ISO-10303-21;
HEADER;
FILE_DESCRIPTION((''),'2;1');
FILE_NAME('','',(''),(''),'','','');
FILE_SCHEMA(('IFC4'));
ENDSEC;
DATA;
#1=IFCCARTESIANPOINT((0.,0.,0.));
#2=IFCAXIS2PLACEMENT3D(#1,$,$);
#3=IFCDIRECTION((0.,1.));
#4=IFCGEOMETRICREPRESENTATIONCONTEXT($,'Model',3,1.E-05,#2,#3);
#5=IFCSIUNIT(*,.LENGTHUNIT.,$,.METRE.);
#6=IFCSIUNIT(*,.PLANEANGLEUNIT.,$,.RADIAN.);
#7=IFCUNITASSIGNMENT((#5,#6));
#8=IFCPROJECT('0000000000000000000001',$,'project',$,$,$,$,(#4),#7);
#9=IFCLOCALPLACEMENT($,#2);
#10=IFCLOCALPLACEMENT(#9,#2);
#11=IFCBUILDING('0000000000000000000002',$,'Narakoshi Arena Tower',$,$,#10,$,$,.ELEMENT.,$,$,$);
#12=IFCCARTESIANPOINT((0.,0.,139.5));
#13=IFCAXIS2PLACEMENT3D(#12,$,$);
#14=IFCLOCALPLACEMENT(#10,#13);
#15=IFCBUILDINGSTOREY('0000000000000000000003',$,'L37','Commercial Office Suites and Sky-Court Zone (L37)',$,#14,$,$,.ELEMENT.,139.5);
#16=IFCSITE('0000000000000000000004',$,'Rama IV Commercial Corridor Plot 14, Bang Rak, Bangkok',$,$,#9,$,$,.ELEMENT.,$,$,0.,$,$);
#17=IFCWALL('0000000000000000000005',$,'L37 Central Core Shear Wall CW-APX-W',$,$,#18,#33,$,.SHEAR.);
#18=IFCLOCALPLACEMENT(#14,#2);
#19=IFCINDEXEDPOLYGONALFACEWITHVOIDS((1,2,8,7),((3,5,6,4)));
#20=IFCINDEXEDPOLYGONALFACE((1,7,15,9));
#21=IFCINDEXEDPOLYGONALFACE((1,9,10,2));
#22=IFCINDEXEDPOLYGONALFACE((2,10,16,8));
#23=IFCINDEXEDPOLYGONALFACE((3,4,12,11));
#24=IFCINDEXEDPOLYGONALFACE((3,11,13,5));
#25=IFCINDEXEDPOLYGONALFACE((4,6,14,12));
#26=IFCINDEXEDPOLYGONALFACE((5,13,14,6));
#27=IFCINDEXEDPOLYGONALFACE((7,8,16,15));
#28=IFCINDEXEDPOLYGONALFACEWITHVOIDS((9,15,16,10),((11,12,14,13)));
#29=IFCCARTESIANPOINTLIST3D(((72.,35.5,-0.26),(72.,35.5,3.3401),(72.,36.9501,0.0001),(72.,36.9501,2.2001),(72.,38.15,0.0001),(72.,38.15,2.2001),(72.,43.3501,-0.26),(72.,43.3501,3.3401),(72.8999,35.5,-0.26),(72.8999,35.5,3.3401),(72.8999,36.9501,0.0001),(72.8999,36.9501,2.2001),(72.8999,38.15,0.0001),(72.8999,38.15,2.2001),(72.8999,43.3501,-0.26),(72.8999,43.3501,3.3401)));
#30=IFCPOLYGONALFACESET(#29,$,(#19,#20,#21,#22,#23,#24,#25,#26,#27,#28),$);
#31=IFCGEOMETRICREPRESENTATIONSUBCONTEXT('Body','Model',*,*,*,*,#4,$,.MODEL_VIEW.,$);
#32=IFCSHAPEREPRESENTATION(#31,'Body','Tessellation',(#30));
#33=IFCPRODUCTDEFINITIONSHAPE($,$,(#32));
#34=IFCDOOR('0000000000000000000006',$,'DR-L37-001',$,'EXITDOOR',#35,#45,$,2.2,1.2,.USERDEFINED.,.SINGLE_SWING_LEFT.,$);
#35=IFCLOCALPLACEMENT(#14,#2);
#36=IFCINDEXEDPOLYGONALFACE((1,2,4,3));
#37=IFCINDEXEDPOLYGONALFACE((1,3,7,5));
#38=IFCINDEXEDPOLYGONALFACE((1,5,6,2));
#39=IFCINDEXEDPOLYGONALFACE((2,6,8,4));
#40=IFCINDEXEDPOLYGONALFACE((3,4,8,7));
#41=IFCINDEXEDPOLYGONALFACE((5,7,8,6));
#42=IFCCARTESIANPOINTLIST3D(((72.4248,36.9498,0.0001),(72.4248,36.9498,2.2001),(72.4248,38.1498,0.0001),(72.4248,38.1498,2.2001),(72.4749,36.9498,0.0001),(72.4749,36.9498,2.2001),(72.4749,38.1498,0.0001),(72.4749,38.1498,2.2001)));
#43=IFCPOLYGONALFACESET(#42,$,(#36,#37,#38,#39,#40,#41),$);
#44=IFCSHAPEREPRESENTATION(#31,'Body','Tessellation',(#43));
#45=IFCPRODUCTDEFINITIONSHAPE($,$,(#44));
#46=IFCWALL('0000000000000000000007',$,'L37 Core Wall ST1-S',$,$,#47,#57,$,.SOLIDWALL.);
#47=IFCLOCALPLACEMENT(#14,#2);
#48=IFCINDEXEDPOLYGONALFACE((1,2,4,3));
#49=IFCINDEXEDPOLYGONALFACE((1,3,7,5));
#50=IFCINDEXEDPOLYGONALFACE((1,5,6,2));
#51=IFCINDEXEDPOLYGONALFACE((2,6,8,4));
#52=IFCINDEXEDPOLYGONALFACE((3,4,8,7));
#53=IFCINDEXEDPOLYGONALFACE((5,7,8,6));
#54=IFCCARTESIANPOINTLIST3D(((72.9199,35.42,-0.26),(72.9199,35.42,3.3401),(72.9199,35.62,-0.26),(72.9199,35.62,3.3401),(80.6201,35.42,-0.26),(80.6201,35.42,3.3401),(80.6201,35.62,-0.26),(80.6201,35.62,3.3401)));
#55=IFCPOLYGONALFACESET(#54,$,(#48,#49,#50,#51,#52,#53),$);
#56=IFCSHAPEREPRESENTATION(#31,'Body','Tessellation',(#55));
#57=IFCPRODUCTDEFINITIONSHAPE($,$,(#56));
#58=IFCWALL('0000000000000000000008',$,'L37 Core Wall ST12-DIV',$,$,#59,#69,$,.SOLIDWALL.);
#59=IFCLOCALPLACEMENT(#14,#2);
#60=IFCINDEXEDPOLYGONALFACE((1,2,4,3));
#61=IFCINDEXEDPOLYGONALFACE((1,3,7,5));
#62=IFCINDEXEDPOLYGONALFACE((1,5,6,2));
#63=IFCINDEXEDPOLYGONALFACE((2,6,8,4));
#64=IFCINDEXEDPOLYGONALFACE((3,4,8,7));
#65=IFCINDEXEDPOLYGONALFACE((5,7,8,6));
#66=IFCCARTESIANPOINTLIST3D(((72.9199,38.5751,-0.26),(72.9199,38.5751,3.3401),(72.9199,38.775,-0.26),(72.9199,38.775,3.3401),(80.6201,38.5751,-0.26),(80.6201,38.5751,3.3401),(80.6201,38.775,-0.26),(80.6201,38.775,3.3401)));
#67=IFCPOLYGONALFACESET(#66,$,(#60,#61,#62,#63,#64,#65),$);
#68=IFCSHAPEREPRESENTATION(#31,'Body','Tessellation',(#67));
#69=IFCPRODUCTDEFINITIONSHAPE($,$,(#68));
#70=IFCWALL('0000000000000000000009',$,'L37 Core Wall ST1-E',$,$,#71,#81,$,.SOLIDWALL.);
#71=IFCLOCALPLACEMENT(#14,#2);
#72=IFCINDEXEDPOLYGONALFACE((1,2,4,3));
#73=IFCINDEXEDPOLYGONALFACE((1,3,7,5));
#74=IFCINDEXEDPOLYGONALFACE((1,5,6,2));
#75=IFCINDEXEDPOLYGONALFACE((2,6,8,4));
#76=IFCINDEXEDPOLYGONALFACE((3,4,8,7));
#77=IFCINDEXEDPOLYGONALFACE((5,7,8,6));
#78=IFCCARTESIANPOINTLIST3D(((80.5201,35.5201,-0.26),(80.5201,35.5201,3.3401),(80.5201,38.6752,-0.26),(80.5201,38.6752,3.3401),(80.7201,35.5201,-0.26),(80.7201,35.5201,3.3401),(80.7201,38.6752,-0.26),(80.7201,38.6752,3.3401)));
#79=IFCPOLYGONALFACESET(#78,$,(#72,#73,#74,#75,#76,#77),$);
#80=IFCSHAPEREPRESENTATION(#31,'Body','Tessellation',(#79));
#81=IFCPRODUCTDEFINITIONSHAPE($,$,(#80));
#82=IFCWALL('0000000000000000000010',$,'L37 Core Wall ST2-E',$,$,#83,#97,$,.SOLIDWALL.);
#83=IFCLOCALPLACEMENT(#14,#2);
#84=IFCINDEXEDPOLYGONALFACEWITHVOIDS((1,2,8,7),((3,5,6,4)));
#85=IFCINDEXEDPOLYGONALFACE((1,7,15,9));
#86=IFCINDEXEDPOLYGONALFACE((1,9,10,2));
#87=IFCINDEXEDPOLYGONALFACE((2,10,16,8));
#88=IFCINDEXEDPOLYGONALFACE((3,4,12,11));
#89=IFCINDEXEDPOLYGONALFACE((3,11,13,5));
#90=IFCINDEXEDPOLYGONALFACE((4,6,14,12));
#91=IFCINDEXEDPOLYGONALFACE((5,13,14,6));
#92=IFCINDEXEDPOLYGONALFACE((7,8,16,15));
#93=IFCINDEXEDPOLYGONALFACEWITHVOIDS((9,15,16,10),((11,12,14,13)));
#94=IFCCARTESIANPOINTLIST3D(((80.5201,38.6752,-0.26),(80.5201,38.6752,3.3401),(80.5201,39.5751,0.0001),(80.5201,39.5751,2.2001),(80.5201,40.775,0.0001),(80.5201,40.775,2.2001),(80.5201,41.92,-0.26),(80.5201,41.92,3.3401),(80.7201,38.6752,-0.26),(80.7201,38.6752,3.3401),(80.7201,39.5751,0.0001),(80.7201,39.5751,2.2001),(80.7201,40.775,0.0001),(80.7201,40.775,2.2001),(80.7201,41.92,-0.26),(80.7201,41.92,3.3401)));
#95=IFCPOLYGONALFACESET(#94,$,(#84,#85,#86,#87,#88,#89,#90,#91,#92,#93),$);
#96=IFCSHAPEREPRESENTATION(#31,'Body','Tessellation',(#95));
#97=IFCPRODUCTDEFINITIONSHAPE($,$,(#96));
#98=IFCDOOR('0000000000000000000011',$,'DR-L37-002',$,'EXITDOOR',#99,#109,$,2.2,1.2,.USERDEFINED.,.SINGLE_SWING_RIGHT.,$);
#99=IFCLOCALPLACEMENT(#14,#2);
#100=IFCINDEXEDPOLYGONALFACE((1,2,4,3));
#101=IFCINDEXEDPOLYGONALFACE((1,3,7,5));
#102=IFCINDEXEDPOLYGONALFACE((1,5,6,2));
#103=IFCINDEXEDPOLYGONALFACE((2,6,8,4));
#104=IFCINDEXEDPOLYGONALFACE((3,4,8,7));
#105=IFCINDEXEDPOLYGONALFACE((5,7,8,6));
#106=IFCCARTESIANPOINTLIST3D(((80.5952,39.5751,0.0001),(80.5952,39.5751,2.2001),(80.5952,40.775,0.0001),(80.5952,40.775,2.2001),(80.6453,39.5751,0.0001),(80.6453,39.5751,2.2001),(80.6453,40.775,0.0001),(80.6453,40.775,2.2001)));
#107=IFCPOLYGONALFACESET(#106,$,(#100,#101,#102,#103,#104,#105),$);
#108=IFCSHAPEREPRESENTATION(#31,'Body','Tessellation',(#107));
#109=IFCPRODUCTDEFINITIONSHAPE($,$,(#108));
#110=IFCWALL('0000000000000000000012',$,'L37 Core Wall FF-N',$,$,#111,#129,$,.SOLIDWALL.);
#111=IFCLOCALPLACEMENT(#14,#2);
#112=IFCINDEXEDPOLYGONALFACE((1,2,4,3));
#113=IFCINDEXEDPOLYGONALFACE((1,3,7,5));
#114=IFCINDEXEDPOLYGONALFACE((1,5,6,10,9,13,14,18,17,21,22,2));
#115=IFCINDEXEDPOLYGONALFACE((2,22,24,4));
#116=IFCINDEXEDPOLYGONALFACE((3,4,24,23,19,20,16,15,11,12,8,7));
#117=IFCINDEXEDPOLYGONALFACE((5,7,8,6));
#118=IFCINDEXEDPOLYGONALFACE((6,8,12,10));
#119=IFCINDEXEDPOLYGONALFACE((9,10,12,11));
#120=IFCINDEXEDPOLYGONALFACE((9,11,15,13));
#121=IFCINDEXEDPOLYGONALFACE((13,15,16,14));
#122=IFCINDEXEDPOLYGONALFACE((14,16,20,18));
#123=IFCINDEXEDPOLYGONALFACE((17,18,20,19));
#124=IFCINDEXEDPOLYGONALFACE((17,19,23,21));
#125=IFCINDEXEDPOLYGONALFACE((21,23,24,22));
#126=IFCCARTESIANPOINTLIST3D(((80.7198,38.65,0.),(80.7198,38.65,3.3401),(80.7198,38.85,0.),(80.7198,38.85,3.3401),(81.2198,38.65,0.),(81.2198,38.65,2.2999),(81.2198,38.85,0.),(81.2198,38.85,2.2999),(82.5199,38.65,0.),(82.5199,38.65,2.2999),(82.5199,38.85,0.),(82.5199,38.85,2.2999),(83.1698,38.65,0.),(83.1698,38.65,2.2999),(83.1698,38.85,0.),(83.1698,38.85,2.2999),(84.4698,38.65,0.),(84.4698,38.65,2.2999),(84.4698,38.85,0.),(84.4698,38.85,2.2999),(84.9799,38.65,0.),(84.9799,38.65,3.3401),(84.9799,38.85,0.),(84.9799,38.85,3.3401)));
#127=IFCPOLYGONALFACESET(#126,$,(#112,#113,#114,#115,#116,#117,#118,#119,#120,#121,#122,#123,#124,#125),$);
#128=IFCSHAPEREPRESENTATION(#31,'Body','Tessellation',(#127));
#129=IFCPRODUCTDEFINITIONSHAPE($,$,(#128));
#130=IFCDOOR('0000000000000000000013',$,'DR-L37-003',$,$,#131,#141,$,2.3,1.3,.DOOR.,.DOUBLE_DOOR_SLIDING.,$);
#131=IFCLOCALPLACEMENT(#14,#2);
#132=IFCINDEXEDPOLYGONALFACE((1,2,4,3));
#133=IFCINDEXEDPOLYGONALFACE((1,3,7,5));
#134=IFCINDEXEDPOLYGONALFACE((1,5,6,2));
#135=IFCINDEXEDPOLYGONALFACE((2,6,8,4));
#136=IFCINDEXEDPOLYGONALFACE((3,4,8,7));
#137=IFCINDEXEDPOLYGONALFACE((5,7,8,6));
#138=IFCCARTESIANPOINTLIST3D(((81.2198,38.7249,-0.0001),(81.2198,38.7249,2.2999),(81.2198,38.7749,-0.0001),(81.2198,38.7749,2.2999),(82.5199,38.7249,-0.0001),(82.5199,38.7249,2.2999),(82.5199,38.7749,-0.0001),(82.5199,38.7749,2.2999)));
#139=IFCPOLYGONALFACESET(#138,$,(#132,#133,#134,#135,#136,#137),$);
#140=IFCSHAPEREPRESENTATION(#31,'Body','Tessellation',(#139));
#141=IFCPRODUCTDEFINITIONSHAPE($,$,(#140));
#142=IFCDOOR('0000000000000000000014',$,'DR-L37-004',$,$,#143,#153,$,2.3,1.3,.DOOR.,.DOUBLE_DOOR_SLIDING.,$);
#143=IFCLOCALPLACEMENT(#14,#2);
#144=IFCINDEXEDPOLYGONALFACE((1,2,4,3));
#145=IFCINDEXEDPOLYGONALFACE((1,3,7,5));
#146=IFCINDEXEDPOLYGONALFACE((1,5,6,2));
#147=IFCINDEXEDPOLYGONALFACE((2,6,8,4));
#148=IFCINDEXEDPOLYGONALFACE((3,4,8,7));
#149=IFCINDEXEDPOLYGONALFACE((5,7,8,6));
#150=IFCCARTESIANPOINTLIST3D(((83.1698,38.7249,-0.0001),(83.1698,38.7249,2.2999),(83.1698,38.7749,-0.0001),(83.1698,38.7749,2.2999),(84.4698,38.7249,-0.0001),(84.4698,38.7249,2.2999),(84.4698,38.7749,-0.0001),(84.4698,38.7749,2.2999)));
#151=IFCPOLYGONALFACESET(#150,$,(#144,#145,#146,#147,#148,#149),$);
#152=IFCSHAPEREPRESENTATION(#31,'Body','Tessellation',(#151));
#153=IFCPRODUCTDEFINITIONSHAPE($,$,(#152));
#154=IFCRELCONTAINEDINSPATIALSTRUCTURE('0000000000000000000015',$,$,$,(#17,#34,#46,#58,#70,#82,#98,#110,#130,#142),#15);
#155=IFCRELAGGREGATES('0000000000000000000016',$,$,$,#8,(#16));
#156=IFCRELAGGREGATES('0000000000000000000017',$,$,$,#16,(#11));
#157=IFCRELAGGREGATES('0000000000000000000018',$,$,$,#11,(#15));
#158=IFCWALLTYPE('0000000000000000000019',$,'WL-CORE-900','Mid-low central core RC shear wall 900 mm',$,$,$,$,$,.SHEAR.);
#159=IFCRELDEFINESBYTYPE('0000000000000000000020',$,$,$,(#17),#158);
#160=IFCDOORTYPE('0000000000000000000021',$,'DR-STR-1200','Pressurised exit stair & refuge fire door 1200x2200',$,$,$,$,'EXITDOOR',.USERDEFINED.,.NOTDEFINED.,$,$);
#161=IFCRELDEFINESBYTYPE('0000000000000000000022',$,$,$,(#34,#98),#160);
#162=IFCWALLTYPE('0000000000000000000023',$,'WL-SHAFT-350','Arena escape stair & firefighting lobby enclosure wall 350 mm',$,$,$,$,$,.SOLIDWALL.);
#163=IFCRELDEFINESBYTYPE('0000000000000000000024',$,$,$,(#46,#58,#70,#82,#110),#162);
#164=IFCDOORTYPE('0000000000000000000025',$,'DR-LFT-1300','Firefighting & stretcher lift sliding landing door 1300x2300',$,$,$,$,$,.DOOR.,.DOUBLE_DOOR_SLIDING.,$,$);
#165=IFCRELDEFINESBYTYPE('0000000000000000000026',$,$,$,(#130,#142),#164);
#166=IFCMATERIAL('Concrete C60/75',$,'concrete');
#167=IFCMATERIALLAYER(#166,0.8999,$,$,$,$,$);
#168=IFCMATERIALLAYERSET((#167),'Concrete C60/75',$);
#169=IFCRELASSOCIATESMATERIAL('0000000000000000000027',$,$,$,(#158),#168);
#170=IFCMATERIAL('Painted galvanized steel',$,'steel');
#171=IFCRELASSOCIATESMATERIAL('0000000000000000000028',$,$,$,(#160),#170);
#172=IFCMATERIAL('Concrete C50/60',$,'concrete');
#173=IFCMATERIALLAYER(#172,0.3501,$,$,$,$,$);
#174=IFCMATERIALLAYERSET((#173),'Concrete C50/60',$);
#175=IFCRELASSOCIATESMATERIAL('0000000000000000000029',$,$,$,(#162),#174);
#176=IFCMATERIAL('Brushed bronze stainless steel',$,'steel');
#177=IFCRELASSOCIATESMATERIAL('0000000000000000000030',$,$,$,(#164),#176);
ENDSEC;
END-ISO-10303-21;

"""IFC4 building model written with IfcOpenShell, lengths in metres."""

from ifc_helpers import new_model, si_unit, direction, frame, frame_2d, origin, place, context, subcontext, project, spatial, rectangle, extrude, material, layer, layer_set, type_object, element, fill, save


model = new_model("IFC4")

# Units and contexts
model_context = context("Model", 3, precision=1e-05, world=origin(), true_north=direction((0.0, 1.0)))
body_context = subcontext(model_context, "Body", "Model", "MODEL_VIEW")
ifc_project = project(units=[si_unit("LENGTHUNIT", "METRE"), si_unit("PLANEANGLEUNIT", "RADIAN")], contexts=[model_context])

# Site, building, storey
site_placement = place(None, origin())
site = spatial("IfcSite", under=ifc_project, at=site_placement, Name="Rama IV Commercial Corridor Plot 14, Bang Rak, Bangkok", CompositionType="ELEMENT", RefElevation=0.0)
building_placement = place(site_placement, origin())
building = spatial("IfcBuilding", under=site, at=building_placement, Name="Narakoshi Arena Tower", CompositionType="ELEMENT")
storey_placement = place(building_placement, frame((0.0, 0.0, 139.5)))
storey = spatial("IfcBuildingStorey", under=building, at=storey_placement, Name="L37", Description="Commercial Office Suites and Sky-Court Zone (L37)", CompositionType="ELEMENT", Elevation=139.5)

# Wall, opening, door
ifc_material_1 = material(Name="Concrete C60/75", Category="concrete")
ifc_layer_1 = layer(ifc_material_1, 0.8999)
ifc_layer_set_1 = layer_set([ifc_layer_1], Name="Concrete C60/75")
wall_type_1 = type_object("IfcWallType", Name="WL-CORE-900", Description="Mid-low central core RC shear wall 900 mm", PredefinedType="SHEAR", material=ifc_layer_set_1)
wall_1_placement = place(storey_placement, frame((72.45, 35.5, -0.26), z_axis=(0.0, 0.0, 1.0), x_axis=(0.0, 1.0, 0.0)))
wall_1 = element("IfcWall", 1, at=wall_1_placement, inside=storey, type_object=wall_type_1, Name="L37 Central Core Shear Wall CW-APX-W", PredefinedType="SHEAR", context=body_context, shape_type="SweptSolid", body=[
    extrude(rectangle(XDim=7.8501, YDim=0.8999, at=frame_2d((3.925, 0.0))), origin(), (0.0, 0.0, 1.0), 3.6001),
])
opening_1_placement = place(wall_1_placement, frame((1.45, 0.0, 0.26)))
opening_1 = element("IfcOpeningElement", 2, at=opening_1_placement, cuts=wall_1, PredefinedType="OPENING", context=body_context, shape_type="SweptSolid", body=[
    extrude(rectangle(XDim=1.2, YDim=2.2, at=frame_2d((0.6001, 1.1001))), frame((0.0, 0.46, 0.0), z_axis=(0.0, -1.0, 0.0), x_axis=(1.0, 0.0, 0.0)), (0.0, 0.0, 1.0), 0.9199),
])
ifc_material_2 = material(Name="Painted galvanized steel", Category="steel")
door_type_1 = type_object("IfcDoorType", Name="DR-STR-1200", Description="Pressurised exit stair & refuge fire door 1200x2200", ElementType="EXITDOOR", OperationType="NOTDEFINED", PredefinedType="USERDEFINED", material=ifc_material_2)
door_1_placement = place(opening_1_placement, frame((1.2, 0.0, 0.0), z_axis=(0.0, 0.0, 1.0), x_axis=(-1.0, 0.0, 0.0)))
door_1 = element("IfcDoor", 3, at=door_1_placement, inside=storey, type_object=door_type_1, Name="DR-L37-001", ObjectType="EXITDOOR", OperationType="SINGLE_SWING_LEFT", OverallHeight=2.2, OverallWidth=1.2, PredefinedType="USERDEFINED", context=body_context, shape_type="SweptSolid", body=[
    extrude(rectangle(XDim=1.2, YDim=2.2, at=frame_2d((0.6001, 1.1001))), frame((0.0, 0.0249, 0.0), z_axis=(0.0, -1.0, 0.0), x_axis=(1.0, 0.0, 0.0)), (0.0, 0.0, 1.0), 0.05),
])
fill(opening_1, door_1)

# Walls
ifc_material_3 = material(Name="Concrete C50/60", Category="concrete")
ifc_layer_2 = layer(ifc_material_3, 0.3501)
ifc_layer_set_2 = layer_set([ifc_layer_2], Name="Concrete C50/60")
wall_type_2 = type_object("IfcWallType", Name="WL-SHAFT-350", Description="Arena escape stair & firefighting lobby enclosure wall 350 mm", PredefinedType="SOLIDWALL", material=ifc_layer_set_2)
for number, where, z_axis, x_axis, name in (
    (4, (72.9199, 35.52, -0.26), (0.0, 0.0, 1.0), (1.0, 0.0, 0.0), "L37 Core Wall ST1-S"),
    (5, (72.9199, 38.675, -0.26), (0.0, 0.0, 1.0), (1.0, 0.0, 0.0), "L37 Core Wall ST12-DIV"),
):
    element("IfcWall", number, at=place(storey_placement, frame(where, z_axis=z_axis, x_axis=x_axis)), inside=storey, type_object=wall_type_2, Name=name, PredefinedType="SOLIDWALL", context=body_context, shape_type="SweptSolid", body=[
        extrude(rectangle(XDim=7.7002, YDim=0.2, at=frame_2d((3.8501, 0.0))), origin(), (0.0, 0.0, 1.0), 3.6001),
    ])
wall_2_placement = place(storey_placement, frame((80.6201, 35.52, -0.26), z_axis=(0.0, 0.0, 1.0), x_axis=(0.0, 1.0, 0.0)))
element("IfcWall", 6, at=wall_2_placement, inside=storey, type_object=wall_type_2, Name="L37 Core Wall ST1-E", PredefinedType="SOLIDWALL", context=body_context, shape_type="SweptSolid", body=[
    extrude(rectangle(XDim=3.155, YDim=0.2, at=frame_2d((1.5776, 0.0))), origin(), (0.0, 0.0, 1.0), 3.6001),
])

# Wall, opening, door
wall_3_placement = place(storey_placement, frame((80.6201, 38.675, -0.26), z_axis=(0.0, 0.0, 1.0), x_axis=(0.0, 1.0, 0.0)))
wall_3 = element("IfcWall", 7, at=wall_3_placement, inside=storey, type_object=wall_type_2, Name="L37 Core Wall ST2-E", PredefinedType="SOLIDWALL", context=body_context, shape_type="SweptSolid", body=[
    extrude(rectangle(XDim=3.2449, YDim=0.2, at=frame_2d((1.6226, 0.0))), origin(), (0.0, 0.0, 1.0), 3.6001),
])
opening_2_placement = place(wall_3_placement, frame((0.8999, 0.0, 0.26)))
opening_2 = element("IfcOpeningElement", 8, at=opening_2_placement, cuts=wall_3, PredefinedType="OPENING", context=body_context, shape_type="SweptSolid", body=[
    extrude(rectangle(XDim=1.2, YDim=2.2, at=frame_2d((0.6001, 1.1001))), frame((0.0, 0.1099, 0.0), z_axis=(0.0, -1.0, 0.0), x_axis=(1.0, 0.0, 0.0)), (0.0, 0.0, 1.0), 0.22),
])
door_2_placement = place(opening_2_placement, origin())
door_2 = element("IfcDoor", 9, at=door_2_placement, inside=storey, type_object=door_type_1, Name="DR-L37-002", ObjectType="EXITDOOR", OperationType="SINGLE_SWING_RIGHT", OverallHeight=2.2, OverallWidth=1.2, PredefinedType="USERDEFINED", context=body_context, shape_type="SweptSolid", body=[
    extrude(rectangle(XDim=1.2, YDim=2.2, at=frame_2d((0.6001, 1.1001))), frame((0.0, 0.0249, 0.0), z_axis=(0.0, -1.0, 0.0), x_axis=(1.0, 0.0, 0.0)), (0.0, 0.0, 1.0), 0.05),
])
fill(opening_2, door_2)

# Wall, openings, doors
wall_4_placement = place(storey_placement, frame((80.72, 38.75, 0.0), z_axis=(0.0, 0.0, 1.0), x_axis=(1.0, 0.0, 0.0)))
wall_4 = element("IfcWall", 10, at=wall_4_placement, inside=storey, type_object=wall_type_2, Name="L37 Core Wall FF-N", PredefinedType="SOLIDWALL", context=body_context, shape_type="SweptSolid", body=[
    extrude(rectangle(XDim=4.26, YDim=0.2, at=frame_2d((2.1299, 0.0))), origin(), (0.0, 0.0, 1.0), 3.3401),
])
opening_3_placement = place(wall_4_placement, frame((0.5, 0.0, 0.0)))
opening_3 = element("IfcOpeningElement", 11, at=opening_3_placement, cuts=wall_4, PredefinedType="OPENING", context=body_context, shape_type="SweptSolid", body=[
    extrude(rectangle(XDim=1.3, YDim=2.3, at=frame_2d((0.6499, 1.1499))), frame((0.0, 0.1099, 0.0), z_axis=(0.0, -1.0, 0.0), x_axis=(1.0, 0.0, 0.0)), (0.0, 0.0, 1.0), 0.22),
])
opening_4_placement = place(wall_4_placement, frame((2.45, 0.0, 0.0)))
opening_4 = element("IfcOpeningElement", 12, at=opening_4_placement, cuts=wall_4, PredefinedType="OPENING", context=body_context, shape_type="SweptSolid", body=[
    extrude(rectangle(XDim=1.3, YDim=2.3, at=frame_2d((0.6499, 1.1499))), frame((0.0, 0.1099, 0.0), z_axis=(0.0, -1.0, 0.0), x_axis=(1.0, 0.0, 0.0)), (0.0, 0.0, 1.0), 0.22),
])
ifc_material_4 = material(Name="Brushed bronze stainless steel", Category="steel")
door_type_2 = type_object("IfcDoorType", Name="DR-LFT-1300", Description="Firefighting & stretcher lift sliding landing door 1300x2300", OperationType="DOUBLE_DOOR_SLIDING", PredefinedType="DOOR", material=ifc_material_4)
door_3_placement = place(opening_3_placement, origin())
door_3 = element("IfcDoor", 13, at=door_3_placement, inside=storey, type_object=door_type_2, Name="DR-L37-003", OperationType="DOUBLE_DOOR_SLIDING", OverallHeight=2.3, OverallWidth=1.3, PredefinedType="DOOR", context=body_context, shape_type="SweptSolid", body=[
    extrude(rectangle(XDim=1.3, YDim=2.3, at=frame_2d((0.6499, 1.1499))), frame((0.0, 0.0249, 0.0), z_axis=(0.0, -1.0, 0.0), x_axis=(1.0, 0.0, 0.0)), (0.0, 0.0, 1.0), 0.05),
])
fill(opening_3, door_3)
door_4_placement = place(opening_4_placement, origin())
door_4 = element("IfcDoor", 14, at=door_4_placement, inside=storey, type_object=door_type_2, Name="DR-L37-004", OperationType="DOUBLE_DOOR_SLIDING", OverallHeight=2.3, OverallWidth=1.3, PredefinedType="DOOR", context=body_context, shape_type="SweptSolid", body=[
    extrude(rectangle(XDim=1.3, YDim=2.3, at=frame_2d((0.6499, 1.1499))), frame((0.0, 0.0249, 0.0), z_axis=(0.0, -1.0, 0.0), x_axis=(1.0, 0.0, 0.0)), (0.0, 0.0, 1.0), 0.05),
])
fill(opening_4, door_4)

save(model, "model.ifc")
